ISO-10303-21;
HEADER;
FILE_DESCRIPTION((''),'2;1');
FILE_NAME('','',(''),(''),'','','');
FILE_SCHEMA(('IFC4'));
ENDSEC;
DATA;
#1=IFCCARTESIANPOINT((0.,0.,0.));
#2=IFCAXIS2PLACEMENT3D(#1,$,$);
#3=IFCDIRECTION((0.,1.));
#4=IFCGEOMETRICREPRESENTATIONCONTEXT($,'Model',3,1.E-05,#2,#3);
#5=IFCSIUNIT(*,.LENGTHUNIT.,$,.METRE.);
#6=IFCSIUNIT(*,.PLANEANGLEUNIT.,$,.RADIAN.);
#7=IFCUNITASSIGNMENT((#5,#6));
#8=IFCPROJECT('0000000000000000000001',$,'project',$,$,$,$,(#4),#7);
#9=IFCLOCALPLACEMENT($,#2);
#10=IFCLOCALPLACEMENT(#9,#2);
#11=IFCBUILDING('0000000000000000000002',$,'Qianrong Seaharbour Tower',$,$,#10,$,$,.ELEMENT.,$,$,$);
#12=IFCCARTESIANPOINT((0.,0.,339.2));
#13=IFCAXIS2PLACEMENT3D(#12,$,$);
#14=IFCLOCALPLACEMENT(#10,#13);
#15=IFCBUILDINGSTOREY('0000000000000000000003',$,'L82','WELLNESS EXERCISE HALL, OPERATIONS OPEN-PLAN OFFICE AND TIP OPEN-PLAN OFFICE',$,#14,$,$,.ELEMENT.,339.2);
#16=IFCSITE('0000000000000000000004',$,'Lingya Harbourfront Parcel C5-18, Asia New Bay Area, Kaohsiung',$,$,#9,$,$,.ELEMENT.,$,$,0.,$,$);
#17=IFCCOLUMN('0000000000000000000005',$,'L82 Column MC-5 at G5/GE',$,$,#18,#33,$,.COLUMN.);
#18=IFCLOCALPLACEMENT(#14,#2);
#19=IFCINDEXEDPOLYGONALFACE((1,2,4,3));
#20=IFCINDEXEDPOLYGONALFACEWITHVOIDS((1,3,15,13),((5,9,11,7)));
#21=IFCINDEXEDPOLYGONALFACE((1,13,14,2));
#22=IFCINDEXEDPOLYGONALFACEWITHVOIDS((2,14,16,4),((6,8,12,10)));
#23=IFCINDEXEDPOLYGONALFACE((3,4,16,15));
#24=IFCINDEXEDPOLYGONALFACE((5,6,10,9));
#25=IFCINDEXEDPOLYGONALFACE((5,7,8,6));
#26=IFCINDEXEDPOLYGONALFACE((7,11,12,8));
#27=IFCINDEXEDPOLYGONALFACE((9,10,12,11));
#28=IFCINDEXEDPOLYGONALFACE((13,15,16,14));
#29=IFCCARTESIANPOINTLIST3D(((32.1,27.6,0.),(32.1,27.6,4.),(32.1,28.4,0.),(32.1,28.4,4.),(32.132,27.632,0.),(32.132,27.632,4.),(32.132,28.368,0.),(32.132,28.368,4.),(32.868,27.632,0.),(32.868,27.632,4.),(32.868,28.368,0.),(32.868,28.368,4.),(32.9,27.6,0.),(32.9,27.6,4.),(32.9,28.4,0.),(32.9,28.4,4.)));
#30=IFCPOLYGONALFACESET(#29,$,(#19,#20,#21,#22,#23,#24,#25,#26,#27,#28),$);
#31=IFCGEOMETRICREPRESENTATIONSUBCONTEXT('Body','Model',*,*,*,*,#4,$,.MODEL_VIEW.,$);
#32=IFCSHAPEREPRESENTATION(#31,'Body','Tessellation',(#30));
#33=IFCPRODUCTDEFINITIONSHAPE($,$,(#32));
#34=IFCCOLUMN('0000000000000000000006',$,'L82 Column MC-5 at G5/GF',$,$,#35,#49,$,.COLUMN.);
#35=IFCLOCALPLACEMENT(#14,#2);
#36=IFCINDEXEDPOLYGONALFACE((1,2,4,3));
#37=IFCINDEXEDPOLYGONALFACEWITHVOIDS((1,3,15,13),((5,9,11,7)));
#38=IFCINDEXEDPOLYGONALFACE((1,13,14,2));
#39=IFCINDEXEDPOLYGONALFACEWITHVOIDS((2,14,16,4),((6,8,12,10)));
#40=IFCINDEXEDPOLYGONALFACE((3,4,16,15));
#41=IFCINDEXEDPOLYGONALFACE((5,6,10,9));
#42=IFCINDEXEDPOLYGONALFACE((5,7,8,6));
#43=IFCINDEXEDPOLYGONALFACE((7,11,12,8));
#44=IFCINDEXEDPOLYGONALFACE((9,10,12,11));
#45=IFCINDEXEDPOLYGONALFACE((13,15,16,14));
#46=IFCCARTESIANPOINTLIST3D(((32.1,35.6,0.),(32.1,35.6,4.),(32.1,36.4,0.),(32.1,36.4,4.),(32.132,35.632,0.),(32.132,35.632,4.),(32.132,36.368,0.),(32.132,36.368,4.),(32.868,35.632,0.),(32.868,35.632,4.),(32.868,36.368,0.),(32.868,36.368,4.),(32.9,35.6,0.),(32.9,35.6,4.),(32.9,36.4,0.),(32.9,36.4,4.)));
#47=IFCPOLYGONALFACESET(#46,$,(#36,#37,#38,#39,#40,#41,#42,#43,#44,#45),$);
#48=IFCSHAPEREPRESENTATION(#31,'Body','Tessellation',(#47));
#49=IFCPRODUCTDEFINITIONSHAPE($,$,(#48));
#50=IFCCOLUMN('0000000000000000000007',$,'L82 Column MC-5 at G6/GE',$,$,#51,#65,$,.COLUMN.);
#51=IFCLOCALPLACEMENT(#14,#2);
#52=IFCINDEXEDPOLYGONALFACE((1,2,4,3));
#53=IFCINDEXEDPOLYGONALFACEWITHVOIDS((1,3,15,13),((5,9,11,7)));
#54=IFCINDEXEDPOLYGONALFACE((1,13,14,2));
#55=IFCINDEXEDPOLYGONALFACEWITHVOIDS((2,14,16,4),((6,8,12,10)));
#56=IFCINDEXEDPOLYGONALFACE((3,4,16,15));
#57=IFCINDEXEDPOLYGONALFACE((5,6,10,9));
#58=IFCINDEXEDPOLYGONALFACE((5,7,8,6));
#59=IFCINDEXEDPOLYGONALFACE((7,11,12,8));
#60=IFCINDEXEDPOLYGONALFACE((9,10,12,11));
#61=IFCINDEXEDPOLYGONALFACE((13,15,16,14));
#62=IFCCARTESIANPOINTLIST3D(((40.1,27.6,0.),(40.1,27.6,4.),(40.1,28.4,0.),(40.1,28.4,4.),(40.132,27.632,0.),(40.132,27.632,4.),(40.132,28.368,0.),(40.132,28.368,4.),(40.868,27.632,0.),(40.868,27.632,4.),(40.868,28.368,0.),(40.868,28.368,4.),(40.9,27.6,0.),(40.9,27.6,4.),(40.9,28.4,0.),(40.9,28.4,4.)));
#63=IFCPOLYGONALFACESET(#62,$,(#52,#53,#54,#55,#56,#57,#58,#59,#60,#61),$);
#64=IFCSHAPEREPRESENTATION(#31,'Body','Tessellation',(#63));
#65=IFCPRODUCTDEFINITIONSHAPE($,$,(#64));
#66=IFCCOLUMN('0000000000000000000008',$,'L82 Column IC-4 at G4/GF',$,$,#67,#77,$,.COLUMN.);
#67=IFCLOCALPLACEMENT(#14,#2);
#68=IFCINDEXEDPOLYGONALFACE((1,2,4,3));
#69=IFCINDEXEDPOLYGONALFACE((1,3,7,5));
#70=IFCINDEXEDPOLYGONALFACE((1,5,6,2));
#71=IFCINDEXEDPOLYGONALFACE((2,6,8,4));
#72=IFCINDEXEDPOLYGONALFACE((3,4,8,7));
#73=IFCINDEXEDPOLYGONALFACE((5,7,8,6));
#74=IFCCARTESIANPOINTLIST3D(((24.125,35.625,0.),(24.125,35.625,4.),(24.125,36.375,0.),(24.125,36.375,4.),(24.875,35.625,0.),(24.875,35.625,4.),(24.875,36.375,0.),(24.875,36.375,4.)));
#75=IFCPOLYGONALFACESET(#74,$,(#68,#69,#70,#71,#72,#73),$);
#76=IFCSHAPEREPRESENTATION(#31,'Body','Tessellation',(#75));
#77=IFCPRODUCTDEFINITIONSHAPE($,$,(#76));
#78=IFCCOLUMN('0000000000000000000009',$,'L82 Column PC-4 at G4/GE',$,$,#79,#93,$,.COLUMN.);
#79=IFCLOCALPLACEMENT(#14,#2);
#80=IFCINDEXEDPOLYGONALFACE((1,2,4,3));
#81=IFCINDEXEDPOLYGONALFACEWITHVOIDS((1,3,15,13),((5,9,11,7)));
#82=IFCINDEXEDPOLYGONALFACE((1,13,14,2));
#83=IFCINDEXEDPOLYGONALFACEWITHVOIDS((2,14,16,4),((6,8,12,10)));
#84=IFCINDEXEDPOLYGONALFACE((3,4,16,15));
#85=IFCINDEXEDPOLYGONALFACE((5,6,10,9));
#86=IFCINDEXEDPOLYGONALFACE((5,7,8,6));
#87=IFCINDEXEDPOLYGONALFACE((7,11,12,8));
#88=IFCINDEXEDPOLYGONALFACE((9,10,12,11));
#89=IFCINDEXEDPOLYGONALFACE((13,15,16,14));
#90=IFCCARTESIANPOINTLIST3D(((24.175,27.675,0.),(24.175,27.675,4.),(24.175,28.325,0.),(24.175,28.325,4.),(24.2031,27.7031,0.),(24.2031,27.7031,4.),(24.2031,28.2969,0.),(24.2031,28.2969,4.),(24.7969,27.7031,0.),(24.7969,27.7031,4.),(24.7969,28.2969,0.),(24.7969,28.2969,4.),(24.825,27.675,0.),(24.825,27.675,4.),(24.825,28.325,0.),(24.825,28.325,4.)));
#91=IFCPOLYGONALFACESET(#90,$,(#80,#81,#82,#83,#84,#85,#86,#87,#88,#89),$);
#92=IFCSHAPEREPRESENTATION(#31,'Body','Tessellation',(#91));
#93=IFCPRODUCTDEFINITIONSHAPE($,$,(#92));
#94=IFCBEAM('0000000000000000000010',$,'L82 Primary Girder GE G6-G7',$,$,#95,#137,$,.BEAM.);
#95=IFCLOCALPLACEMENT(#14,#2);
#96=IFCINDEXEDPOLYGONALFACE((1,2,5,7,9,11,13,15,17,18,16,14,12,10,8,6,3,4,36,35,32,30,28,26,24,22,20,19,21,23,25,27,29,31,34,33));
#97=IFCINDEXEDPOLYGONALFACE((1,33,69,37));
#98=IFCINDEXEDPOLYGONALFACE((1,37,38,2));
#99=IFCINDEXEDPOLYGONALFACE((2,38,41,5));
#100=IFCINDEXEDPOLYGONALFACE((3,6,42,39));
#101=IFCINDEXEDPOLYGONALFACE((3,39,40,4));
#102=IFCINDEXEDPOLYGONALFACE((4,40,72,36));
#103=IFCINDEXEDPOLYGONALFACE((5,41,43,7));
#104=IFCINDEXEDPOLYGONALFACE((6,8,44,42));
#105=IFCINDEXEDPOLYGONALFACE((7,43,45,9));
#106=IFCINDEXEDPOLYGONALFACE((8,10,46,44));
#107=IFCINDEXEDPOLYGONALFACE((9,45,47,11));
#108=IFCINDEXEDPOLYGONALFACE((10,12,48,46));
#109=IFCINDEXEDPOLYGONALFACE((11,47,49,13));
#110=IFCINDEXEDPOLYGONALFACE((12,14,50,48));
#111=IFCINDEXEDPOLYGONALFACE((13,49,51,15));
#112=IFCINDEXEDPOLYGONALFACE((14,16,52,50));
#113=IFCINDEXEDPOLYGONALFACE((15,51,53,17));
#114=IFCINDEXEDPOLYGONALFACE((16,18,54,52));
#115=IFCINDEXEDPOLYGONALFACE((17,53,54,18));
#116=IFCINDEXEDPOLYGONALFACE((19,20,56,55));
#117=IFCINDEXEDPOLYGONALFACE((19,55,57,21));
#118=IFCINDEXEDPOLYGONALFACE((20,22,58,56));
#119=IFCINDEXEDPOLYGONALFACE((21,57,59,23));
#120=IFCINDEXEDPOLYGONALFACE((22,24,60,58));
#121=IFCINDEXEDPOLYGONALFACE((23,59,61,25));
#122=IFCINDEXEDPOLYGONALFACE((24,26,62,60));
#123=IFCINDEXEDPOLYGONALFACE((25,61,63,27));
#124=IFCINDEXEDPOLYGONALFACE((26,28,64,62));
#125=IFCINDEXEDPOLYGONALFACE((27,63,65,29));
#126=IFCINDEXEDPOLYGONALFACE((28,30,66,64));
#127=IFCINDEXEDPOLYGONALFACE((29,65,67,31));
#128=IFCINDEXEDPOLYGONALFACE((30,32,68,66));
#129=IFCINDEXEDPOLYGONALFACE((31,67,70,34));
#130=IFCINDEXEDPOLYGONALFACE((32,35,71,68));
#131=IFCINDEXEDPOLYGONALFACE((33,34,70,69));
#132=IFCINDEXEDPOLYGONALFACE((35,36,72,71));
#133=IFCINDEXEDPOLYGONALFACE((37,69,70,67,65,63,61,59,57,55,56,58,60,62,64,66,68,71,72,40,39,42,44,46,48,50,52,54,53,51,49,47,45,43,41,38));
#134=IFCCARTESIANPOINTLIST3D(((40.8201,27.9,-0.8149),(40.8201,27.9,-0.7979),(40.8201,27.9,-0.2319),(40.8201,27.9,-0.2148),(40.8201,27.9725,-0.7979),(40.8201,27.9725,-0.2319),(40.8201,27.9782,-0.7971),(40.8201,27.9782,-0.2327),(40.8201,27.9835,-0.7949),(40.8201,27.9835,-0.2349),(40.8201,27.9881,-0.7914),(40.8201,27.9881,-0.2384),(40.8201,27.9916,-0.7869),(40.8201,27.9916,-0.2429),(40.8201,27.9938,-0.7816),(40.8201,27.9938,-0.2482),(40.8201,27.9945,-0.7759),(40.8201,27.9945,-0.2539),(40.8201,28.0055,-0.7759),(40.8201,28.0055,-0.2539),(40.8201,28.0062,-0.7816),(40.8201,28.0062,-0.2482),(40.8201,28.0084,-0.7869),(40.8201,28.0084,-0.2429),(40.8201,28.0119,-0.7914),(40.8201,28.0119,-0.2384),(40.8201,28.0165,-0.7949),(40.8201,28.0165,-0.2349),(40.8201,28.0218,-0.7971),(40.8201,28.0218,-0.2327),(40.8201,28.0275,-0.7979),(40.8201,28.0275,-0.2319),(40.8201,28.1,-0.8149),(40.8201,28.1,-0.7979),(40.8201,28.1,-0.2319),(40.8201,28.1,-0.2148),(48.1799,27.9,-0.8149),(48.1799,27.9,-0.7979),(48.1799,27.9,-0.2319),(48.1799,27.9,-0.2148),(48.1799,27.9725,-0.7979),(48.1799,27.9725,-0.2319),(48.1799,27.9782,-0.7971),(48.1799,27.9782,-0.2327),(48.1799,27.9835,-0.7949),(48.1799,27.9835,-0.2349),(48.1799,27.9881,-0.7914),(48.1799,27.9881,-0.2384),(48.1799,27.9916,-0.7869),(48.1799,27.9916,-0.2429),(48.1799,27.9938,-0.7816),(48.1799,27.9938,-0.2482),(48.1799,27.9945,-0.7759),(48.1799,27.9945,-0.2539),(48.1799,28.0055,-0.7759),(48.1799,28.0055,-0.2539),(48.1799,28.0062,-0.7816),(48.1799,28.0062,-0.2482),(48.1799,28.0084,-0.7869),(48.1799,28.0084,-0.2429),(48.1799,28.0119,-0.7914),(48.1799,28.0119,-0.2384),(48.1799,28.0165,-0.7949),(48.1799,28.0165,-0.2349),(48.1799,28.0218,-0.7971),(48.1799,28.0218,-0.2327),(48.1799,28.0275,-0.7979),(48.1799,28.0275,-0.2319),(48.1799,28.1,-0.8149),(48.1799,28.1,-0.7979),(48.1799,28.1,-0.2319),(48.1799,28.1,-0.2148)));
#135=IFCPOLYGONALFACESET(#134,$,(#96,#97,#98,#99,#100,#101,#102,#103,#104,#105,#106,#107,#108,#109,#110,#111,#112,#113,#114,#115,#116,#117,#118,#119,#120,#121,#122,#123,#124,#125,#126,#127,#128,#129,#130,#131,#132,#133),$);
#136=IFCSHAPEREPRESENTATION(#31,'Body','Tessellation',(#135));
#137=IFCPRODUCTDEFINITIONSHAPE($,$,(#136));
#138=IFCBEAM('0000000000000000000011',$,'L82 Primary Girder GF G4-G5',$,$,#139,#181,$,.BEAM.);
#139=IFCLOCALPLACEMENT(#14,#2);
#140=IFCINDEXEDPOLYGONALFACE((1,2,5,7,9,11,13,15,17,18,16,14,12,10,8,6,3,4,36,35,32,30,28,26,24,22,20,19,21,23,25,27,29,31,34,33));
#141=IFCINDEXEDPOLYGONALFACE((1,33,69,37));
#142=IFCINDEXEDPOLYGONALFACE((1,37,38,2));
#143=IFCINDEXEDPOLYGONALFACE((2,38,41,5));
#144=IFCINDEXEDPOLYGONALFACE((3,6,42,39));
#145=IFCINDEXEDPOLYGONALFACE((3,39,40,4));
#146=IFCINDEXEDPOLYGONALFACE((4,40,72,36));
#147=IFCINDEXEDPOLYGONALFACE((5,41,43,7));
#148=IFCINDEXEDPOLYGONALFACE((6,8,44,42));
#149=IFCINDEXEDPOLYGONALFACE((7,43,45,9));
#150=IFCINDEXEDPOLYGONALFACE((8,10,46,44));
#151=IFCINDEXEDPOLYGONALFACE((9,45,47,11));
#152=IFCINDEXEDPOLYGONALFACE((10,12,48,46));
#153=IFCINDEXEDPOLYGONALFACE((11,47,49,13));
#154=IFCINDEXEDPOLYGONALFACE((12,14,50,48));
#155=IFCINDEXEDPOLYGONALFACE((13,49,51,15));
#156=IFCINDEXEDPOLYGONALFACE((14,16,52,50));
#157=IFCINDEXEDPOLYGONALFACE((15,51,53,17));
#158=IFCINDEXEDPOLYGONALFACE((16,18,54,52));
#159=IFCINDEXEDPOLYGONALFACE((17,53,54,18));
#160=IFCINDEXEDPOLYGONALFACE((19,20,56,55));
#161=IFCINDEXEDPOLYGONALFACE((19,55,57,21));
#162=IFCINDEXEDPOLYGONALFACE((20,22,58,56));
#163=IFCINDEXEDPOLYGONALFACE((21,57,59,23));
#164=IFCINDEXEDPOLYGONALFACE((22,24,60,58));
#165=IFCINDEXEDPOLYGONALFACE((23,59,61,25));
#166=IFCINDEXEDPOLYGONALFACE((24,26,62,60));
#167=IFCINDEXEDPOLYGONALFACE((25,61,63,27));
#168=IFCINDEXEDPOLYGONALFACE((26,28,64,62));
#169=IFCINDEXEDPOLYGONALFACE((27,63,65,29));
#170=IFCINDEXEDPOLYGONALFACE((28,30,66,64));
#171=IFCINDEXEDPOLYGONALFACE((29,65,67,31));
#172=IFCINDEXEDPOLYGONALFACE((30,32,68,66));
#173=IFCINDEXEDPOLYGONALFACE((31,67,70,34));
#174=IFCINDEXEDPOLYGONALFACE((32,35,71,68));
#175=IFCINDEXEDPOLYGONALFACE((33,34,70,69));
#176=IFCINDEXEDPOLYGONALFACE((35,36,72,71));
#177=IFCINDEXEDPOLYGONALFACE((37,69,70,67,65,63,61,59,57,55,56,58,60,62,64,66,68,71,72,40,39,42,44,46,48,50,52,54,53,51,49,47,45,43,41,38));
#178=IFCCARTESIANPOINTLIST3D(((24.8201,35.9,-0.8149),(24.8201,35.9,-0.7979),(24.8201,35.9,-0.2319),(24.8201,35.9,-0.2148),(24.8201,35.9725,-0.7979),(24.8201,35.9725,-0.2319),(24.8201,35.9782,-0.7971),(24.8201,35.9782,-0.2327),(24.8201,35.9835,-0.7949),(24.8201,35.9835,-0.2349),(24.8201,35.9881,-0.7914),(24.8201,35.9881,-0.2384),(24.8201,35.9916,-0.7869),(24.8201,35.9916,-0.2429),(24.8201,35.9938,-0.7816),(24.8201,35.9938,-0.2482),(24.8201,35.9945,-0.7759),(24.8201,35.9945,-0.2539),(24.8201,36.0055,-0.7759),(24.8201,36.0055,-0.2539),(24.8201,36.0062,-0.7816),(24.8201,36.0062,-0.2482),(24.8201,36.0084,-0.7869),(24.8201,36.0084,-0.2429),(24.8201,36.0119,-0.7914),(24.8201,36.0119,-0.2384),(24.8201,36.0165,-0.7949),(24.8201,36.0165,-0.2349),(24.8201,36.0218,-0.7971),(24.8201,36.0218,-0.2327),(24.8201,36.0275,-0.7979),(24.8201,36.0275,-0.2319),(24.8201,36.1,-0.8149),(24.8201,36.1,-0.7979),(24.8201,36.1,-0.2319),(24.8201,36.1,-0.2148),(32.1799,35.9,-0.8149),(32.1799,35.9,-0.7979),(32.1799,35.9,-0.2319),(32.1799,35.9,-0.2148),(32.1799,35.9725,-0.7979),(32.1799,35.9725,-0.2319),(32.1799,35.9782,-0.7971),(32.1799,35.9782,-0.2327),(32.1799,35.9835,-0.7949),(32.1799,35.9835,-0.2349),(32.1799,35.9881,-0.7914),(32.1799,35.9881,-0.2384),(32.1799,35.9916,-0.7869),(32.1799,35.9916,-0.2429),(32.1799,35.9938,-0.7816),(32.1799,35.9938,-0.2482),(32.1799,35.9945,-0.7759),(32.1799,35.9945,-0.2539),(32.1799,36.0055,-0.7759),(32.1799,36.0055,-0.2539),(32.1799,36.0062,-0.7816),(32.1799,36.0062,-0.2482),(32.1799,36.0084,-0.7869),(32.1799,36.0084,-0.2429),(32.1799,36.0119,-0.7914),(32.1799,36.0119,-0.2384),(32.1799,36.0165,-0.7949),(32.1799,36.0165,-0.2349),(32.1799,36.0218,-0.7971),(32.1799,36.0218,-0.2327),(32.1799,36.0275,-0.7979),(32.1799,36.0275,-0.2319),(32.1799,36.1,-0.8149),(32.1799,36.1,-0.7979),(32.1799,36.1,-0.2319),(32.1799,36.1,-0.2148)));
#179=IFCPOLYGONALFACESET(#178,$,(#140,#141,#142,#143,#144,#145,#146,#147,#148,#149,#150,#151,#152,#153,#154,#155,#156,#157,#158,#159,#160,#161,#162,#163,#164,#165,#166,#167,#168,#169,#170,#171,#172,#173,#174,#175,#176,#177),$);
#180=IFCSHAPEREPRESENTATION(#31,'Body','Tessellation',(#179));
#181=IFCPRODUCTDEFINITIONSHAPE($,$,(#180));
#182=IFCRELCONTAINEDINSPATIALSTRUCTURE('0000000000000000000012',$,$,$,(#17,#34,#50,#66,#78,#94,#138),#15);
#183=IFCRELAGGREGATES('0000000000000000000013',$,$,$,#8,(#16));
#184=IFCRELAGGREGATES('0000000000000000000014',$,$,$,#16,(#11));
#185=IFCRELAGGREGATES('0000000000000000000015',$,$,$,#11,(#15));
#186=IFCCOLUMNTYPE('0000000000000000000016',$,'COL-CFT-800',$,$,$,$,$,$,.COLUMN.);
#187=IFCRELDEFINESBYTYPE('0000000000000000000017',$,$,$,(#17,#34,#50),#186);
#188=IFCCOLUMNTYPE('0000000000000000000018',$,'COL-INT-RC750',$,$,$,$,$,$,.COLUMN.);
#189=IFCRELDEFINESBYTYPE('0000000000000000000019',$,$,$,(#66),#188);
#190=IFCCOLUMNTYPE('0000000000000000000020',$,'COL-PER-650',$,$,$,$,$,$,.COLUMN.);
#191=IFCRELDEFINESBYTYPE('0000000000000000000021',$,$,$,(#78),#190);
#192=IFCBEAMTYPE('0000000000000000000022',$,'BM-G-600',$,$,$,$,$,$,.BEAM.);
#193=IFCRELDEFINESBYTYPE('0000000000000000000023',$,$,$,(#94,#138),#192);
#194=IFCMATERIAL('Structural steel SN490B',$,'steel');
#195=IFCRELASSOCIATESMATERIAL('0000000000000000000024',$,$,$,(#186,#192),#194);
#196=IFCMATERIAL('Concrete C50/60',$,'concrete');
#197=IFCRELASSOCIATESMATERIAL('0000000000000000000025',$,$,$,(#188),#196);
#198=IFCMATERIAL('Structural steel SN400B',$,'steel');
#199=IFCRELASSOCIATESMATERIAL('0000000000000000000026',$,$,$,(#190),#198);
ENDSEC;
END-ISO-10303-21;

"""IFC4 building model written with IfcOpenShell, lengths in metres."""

from ifc_helpers import new_model, si_unit, direction, frame, origin, origin_2d, place, context, subcontext, project, spatial, rectangle, hollow_rectangle, i_section, extrude, material, material_profile, profile_set, type_object, element, save


model = new_model("IFC4")

# Units and contexts
model_context = context("Model", 3, precision=1e-05, world=origin(), true_north=direction((0.0, 1.0)))
body_context = subcontext(model_context, "Body", "Model", "MODEL_VIEW")
ifc_project = project(units=[si_unit("LENGTHUNIT", "METRE"), si_unit("PLANEANGLEUNIT", "RADIAN")], contexts=[model_context])

# Site, building, storey
site_placement = place(None, origin())
site = spatial("IfcSite", under=ifc_project, at=site_placement, Name="Lingya Harbourfront Parcel C5-18, Asia New Bay Area, Kaohsiung", CompositionType="ELEMENT", RefElevation=0.0)
building_placement = place(site_placement, origin())
building = spatial("IfcBuilding", under=site, at=building_placement, Name="Qianrong Seaharbour Tower", CompositionType="ELEMENT")
storey_placement = place(building_placement, frame((0.0, 0.0, 339.2)))
storey = spatial("IfcBuildingStorey", under=building, at=storey_placement, Name="L82", Description="WELLNESS EXERCISE HALL, OPERATIONS OPEN-PLAN OFFICE AND TIP OPEN-PLAN OFFICE", CompositionType="ELEMENT", Elevation=339.2)

# Columns
ifc_material_1 = material(Name="Structural steel SN490B", Category="steel")
ifc_material_profile_1 = material_profile(ifc_material_1, hollow_rectangle(XDim=0.8, YDim=0.8, WallThickness=0.032, at=origin_2d()), Name="BOX800x800x32")
ifc_profile_set_1 = profile_set([ifc_material_profile_1], Name="Structural steel SN490B")
column_type_1 = type_object("IfcColumnType", Name="COL-CFT-800", PredefinedType="COLUMN", material=ifc_profile_set_1)
for number, where, z_axis, x_axis, name in (
    (1, (32.5, 28.0, 0.0), (0.0, 0.0, 1.0), (1.0, 0.0, 0.0), "L82 Column MC-5 at G5/GE"),
    (2, (32.5, 36.0, 0.0), (0.0, 0.0, 1.0), (1.0, 0.0, 0.0), "L82 Column MC-5 at G5/GF"),
    (3, (40.5, 28.0, 0.0), (0.0, 0.0, 1.0), (1.0, 0.0, 0.0), "L82 Column MC-5 at G6/GE"),
):
    element("IfcColumn", number, at=place(storey_placement, frame(where, z_axis=z_axis, x_axis=x_axis)), inside=storey, type_object=column_type_1, Name=name, PredefinedType="COLUMN", context=body_context, shape_type="SweptSolid", body=[
        extrude(hollow_rectangle(XDim=0.8, YDim=0.8, WallThickness=0.032, at=origin_2d()), origin(), (0.0, 0.0, 1.0), 4.0),
    ])
ifc_material_2 = material(Name="Concrete C50/60", Category="concrete")
ifc_material_profile_2 = material_profile(ifc_material_2, rectangle(XDim=0.75, YDim=0.75, at=origin_2d()), Name="RC750x750")
ifc_profile_set_2 = profile_set([ifc_material_profile_2], Name="Concrete C50/60")
column_type_2 = type_object("IfcColumnType", Name="COL-INT-RC750", PredefinedType="COLUMN", material=ifc_profile_set_2)
column_1_placement = place(storey_placement, frame((24.5, 36.0, 0.0), z_axis=(0.0, 0.0, 1.0), x_axis=(1.0, 0.0, 0.0)))
element("IfcColumn", 4, at=column_1_placement, inside=storey, type_object=column_type_2, Name="L82 Column IC-4 at G4/GF", PredefinedType="COLUMN", context=body_context, shape_type="SweptSolid", body=[
    extrude(rectangle(XDim=0.75, YDim=0.75, at=origin_2d()), origin(), (0.0, 0.0, 1.0), 4.0),
])
ifc_material_3 = material(Name="Structural steel SN400B", Category="steel")
ifc_material_profile_3 = material_profile(ifc_material_3, hollow_rectangle(XDim=0.6499, YDim=0.6499, WallThickness=0.0281, at=origin_2d()), Name="BOX650x650x28")
ifc_profile_set_3 = profile_set([ifc_material_profile_3], Name="Structural steel SN400B")
column_type_3 = type_object("IfcColumnType", Name="COL-PER-650", PredefinedType="COLUMN", material=ifc_profile_set_3)
column_2_placement = place(storey_placement, frame((24.5, 28.0, 0.0), z_axis=(0.0, 0.0, 1.0), x_axis=(1.0, 0.0, 0.0)))
element("IfcColumn", 5, at=column_2_placement, inside=storey, type_object=column_type_3, Name="L82 Column PC-4 at G4/GE", PredefinedType="COLUMN", context=body_context, shape_type="SweptSolid", body=[
    extrude(hollow_rectangle(XDim=0.6499, YDim=0.6499, WallThickness=0.0281, at=origin_2d()), origin(), (0.0, 0.0, 1.0), 4.0),
])

# Beams
ifc_material_profile_4 = material_profile(ifc_material_1, i_section(OverallWidth=0.2, OverallDepth=0.6001, WebThickness=0.011, FlangeThickness=0.0171, FilletRadius=0.022, at=origin_2d()), Name="H600x200x11x17")
ifc_profile_set_4 = profile_set([ifc_material_profile_4], Name="Structural steel SN490B")
beam_type_1 = type_object("IfcBeamType", Name="BM-G-600", PredefinedType="BEAM", material=ifc_profile_set_4)
for number, where, z_axis, x_axis, name in (
    (6, (40.8201, 28.0, -0.5149), (1.0, 0.0, 0.0), (0.0, 1.0, 0.0), "L82 Primary Girder GE G6-G7"),
    (7, (24.8201, 36.0, -0.5149), (1.0, 0.0, 0.0), (0.0, 1.0, 0.0), "L82 Primary Girder GF G4-G5"),
):
    element("IfcBeam", number, at=place(storey_placement, frame(where, z_axis=z_axis, x_axis=x_axis)), inside=storey, type_object=beam_type_1, Name=name, PredefinedType="BEAM", context=body_context, shape_type="SweptSolid", body=[
        extrude(i_section(OverallWidth=0.2, OverallDepth=0.6001, WebThickness=0.011, FlangeThickness=0.0171, FilletRadius=0.022, at=origin_2d()), origin(), (0.0, 0.0, 1.0), 7.3599),
    ])

save(model, "model.ifc")
